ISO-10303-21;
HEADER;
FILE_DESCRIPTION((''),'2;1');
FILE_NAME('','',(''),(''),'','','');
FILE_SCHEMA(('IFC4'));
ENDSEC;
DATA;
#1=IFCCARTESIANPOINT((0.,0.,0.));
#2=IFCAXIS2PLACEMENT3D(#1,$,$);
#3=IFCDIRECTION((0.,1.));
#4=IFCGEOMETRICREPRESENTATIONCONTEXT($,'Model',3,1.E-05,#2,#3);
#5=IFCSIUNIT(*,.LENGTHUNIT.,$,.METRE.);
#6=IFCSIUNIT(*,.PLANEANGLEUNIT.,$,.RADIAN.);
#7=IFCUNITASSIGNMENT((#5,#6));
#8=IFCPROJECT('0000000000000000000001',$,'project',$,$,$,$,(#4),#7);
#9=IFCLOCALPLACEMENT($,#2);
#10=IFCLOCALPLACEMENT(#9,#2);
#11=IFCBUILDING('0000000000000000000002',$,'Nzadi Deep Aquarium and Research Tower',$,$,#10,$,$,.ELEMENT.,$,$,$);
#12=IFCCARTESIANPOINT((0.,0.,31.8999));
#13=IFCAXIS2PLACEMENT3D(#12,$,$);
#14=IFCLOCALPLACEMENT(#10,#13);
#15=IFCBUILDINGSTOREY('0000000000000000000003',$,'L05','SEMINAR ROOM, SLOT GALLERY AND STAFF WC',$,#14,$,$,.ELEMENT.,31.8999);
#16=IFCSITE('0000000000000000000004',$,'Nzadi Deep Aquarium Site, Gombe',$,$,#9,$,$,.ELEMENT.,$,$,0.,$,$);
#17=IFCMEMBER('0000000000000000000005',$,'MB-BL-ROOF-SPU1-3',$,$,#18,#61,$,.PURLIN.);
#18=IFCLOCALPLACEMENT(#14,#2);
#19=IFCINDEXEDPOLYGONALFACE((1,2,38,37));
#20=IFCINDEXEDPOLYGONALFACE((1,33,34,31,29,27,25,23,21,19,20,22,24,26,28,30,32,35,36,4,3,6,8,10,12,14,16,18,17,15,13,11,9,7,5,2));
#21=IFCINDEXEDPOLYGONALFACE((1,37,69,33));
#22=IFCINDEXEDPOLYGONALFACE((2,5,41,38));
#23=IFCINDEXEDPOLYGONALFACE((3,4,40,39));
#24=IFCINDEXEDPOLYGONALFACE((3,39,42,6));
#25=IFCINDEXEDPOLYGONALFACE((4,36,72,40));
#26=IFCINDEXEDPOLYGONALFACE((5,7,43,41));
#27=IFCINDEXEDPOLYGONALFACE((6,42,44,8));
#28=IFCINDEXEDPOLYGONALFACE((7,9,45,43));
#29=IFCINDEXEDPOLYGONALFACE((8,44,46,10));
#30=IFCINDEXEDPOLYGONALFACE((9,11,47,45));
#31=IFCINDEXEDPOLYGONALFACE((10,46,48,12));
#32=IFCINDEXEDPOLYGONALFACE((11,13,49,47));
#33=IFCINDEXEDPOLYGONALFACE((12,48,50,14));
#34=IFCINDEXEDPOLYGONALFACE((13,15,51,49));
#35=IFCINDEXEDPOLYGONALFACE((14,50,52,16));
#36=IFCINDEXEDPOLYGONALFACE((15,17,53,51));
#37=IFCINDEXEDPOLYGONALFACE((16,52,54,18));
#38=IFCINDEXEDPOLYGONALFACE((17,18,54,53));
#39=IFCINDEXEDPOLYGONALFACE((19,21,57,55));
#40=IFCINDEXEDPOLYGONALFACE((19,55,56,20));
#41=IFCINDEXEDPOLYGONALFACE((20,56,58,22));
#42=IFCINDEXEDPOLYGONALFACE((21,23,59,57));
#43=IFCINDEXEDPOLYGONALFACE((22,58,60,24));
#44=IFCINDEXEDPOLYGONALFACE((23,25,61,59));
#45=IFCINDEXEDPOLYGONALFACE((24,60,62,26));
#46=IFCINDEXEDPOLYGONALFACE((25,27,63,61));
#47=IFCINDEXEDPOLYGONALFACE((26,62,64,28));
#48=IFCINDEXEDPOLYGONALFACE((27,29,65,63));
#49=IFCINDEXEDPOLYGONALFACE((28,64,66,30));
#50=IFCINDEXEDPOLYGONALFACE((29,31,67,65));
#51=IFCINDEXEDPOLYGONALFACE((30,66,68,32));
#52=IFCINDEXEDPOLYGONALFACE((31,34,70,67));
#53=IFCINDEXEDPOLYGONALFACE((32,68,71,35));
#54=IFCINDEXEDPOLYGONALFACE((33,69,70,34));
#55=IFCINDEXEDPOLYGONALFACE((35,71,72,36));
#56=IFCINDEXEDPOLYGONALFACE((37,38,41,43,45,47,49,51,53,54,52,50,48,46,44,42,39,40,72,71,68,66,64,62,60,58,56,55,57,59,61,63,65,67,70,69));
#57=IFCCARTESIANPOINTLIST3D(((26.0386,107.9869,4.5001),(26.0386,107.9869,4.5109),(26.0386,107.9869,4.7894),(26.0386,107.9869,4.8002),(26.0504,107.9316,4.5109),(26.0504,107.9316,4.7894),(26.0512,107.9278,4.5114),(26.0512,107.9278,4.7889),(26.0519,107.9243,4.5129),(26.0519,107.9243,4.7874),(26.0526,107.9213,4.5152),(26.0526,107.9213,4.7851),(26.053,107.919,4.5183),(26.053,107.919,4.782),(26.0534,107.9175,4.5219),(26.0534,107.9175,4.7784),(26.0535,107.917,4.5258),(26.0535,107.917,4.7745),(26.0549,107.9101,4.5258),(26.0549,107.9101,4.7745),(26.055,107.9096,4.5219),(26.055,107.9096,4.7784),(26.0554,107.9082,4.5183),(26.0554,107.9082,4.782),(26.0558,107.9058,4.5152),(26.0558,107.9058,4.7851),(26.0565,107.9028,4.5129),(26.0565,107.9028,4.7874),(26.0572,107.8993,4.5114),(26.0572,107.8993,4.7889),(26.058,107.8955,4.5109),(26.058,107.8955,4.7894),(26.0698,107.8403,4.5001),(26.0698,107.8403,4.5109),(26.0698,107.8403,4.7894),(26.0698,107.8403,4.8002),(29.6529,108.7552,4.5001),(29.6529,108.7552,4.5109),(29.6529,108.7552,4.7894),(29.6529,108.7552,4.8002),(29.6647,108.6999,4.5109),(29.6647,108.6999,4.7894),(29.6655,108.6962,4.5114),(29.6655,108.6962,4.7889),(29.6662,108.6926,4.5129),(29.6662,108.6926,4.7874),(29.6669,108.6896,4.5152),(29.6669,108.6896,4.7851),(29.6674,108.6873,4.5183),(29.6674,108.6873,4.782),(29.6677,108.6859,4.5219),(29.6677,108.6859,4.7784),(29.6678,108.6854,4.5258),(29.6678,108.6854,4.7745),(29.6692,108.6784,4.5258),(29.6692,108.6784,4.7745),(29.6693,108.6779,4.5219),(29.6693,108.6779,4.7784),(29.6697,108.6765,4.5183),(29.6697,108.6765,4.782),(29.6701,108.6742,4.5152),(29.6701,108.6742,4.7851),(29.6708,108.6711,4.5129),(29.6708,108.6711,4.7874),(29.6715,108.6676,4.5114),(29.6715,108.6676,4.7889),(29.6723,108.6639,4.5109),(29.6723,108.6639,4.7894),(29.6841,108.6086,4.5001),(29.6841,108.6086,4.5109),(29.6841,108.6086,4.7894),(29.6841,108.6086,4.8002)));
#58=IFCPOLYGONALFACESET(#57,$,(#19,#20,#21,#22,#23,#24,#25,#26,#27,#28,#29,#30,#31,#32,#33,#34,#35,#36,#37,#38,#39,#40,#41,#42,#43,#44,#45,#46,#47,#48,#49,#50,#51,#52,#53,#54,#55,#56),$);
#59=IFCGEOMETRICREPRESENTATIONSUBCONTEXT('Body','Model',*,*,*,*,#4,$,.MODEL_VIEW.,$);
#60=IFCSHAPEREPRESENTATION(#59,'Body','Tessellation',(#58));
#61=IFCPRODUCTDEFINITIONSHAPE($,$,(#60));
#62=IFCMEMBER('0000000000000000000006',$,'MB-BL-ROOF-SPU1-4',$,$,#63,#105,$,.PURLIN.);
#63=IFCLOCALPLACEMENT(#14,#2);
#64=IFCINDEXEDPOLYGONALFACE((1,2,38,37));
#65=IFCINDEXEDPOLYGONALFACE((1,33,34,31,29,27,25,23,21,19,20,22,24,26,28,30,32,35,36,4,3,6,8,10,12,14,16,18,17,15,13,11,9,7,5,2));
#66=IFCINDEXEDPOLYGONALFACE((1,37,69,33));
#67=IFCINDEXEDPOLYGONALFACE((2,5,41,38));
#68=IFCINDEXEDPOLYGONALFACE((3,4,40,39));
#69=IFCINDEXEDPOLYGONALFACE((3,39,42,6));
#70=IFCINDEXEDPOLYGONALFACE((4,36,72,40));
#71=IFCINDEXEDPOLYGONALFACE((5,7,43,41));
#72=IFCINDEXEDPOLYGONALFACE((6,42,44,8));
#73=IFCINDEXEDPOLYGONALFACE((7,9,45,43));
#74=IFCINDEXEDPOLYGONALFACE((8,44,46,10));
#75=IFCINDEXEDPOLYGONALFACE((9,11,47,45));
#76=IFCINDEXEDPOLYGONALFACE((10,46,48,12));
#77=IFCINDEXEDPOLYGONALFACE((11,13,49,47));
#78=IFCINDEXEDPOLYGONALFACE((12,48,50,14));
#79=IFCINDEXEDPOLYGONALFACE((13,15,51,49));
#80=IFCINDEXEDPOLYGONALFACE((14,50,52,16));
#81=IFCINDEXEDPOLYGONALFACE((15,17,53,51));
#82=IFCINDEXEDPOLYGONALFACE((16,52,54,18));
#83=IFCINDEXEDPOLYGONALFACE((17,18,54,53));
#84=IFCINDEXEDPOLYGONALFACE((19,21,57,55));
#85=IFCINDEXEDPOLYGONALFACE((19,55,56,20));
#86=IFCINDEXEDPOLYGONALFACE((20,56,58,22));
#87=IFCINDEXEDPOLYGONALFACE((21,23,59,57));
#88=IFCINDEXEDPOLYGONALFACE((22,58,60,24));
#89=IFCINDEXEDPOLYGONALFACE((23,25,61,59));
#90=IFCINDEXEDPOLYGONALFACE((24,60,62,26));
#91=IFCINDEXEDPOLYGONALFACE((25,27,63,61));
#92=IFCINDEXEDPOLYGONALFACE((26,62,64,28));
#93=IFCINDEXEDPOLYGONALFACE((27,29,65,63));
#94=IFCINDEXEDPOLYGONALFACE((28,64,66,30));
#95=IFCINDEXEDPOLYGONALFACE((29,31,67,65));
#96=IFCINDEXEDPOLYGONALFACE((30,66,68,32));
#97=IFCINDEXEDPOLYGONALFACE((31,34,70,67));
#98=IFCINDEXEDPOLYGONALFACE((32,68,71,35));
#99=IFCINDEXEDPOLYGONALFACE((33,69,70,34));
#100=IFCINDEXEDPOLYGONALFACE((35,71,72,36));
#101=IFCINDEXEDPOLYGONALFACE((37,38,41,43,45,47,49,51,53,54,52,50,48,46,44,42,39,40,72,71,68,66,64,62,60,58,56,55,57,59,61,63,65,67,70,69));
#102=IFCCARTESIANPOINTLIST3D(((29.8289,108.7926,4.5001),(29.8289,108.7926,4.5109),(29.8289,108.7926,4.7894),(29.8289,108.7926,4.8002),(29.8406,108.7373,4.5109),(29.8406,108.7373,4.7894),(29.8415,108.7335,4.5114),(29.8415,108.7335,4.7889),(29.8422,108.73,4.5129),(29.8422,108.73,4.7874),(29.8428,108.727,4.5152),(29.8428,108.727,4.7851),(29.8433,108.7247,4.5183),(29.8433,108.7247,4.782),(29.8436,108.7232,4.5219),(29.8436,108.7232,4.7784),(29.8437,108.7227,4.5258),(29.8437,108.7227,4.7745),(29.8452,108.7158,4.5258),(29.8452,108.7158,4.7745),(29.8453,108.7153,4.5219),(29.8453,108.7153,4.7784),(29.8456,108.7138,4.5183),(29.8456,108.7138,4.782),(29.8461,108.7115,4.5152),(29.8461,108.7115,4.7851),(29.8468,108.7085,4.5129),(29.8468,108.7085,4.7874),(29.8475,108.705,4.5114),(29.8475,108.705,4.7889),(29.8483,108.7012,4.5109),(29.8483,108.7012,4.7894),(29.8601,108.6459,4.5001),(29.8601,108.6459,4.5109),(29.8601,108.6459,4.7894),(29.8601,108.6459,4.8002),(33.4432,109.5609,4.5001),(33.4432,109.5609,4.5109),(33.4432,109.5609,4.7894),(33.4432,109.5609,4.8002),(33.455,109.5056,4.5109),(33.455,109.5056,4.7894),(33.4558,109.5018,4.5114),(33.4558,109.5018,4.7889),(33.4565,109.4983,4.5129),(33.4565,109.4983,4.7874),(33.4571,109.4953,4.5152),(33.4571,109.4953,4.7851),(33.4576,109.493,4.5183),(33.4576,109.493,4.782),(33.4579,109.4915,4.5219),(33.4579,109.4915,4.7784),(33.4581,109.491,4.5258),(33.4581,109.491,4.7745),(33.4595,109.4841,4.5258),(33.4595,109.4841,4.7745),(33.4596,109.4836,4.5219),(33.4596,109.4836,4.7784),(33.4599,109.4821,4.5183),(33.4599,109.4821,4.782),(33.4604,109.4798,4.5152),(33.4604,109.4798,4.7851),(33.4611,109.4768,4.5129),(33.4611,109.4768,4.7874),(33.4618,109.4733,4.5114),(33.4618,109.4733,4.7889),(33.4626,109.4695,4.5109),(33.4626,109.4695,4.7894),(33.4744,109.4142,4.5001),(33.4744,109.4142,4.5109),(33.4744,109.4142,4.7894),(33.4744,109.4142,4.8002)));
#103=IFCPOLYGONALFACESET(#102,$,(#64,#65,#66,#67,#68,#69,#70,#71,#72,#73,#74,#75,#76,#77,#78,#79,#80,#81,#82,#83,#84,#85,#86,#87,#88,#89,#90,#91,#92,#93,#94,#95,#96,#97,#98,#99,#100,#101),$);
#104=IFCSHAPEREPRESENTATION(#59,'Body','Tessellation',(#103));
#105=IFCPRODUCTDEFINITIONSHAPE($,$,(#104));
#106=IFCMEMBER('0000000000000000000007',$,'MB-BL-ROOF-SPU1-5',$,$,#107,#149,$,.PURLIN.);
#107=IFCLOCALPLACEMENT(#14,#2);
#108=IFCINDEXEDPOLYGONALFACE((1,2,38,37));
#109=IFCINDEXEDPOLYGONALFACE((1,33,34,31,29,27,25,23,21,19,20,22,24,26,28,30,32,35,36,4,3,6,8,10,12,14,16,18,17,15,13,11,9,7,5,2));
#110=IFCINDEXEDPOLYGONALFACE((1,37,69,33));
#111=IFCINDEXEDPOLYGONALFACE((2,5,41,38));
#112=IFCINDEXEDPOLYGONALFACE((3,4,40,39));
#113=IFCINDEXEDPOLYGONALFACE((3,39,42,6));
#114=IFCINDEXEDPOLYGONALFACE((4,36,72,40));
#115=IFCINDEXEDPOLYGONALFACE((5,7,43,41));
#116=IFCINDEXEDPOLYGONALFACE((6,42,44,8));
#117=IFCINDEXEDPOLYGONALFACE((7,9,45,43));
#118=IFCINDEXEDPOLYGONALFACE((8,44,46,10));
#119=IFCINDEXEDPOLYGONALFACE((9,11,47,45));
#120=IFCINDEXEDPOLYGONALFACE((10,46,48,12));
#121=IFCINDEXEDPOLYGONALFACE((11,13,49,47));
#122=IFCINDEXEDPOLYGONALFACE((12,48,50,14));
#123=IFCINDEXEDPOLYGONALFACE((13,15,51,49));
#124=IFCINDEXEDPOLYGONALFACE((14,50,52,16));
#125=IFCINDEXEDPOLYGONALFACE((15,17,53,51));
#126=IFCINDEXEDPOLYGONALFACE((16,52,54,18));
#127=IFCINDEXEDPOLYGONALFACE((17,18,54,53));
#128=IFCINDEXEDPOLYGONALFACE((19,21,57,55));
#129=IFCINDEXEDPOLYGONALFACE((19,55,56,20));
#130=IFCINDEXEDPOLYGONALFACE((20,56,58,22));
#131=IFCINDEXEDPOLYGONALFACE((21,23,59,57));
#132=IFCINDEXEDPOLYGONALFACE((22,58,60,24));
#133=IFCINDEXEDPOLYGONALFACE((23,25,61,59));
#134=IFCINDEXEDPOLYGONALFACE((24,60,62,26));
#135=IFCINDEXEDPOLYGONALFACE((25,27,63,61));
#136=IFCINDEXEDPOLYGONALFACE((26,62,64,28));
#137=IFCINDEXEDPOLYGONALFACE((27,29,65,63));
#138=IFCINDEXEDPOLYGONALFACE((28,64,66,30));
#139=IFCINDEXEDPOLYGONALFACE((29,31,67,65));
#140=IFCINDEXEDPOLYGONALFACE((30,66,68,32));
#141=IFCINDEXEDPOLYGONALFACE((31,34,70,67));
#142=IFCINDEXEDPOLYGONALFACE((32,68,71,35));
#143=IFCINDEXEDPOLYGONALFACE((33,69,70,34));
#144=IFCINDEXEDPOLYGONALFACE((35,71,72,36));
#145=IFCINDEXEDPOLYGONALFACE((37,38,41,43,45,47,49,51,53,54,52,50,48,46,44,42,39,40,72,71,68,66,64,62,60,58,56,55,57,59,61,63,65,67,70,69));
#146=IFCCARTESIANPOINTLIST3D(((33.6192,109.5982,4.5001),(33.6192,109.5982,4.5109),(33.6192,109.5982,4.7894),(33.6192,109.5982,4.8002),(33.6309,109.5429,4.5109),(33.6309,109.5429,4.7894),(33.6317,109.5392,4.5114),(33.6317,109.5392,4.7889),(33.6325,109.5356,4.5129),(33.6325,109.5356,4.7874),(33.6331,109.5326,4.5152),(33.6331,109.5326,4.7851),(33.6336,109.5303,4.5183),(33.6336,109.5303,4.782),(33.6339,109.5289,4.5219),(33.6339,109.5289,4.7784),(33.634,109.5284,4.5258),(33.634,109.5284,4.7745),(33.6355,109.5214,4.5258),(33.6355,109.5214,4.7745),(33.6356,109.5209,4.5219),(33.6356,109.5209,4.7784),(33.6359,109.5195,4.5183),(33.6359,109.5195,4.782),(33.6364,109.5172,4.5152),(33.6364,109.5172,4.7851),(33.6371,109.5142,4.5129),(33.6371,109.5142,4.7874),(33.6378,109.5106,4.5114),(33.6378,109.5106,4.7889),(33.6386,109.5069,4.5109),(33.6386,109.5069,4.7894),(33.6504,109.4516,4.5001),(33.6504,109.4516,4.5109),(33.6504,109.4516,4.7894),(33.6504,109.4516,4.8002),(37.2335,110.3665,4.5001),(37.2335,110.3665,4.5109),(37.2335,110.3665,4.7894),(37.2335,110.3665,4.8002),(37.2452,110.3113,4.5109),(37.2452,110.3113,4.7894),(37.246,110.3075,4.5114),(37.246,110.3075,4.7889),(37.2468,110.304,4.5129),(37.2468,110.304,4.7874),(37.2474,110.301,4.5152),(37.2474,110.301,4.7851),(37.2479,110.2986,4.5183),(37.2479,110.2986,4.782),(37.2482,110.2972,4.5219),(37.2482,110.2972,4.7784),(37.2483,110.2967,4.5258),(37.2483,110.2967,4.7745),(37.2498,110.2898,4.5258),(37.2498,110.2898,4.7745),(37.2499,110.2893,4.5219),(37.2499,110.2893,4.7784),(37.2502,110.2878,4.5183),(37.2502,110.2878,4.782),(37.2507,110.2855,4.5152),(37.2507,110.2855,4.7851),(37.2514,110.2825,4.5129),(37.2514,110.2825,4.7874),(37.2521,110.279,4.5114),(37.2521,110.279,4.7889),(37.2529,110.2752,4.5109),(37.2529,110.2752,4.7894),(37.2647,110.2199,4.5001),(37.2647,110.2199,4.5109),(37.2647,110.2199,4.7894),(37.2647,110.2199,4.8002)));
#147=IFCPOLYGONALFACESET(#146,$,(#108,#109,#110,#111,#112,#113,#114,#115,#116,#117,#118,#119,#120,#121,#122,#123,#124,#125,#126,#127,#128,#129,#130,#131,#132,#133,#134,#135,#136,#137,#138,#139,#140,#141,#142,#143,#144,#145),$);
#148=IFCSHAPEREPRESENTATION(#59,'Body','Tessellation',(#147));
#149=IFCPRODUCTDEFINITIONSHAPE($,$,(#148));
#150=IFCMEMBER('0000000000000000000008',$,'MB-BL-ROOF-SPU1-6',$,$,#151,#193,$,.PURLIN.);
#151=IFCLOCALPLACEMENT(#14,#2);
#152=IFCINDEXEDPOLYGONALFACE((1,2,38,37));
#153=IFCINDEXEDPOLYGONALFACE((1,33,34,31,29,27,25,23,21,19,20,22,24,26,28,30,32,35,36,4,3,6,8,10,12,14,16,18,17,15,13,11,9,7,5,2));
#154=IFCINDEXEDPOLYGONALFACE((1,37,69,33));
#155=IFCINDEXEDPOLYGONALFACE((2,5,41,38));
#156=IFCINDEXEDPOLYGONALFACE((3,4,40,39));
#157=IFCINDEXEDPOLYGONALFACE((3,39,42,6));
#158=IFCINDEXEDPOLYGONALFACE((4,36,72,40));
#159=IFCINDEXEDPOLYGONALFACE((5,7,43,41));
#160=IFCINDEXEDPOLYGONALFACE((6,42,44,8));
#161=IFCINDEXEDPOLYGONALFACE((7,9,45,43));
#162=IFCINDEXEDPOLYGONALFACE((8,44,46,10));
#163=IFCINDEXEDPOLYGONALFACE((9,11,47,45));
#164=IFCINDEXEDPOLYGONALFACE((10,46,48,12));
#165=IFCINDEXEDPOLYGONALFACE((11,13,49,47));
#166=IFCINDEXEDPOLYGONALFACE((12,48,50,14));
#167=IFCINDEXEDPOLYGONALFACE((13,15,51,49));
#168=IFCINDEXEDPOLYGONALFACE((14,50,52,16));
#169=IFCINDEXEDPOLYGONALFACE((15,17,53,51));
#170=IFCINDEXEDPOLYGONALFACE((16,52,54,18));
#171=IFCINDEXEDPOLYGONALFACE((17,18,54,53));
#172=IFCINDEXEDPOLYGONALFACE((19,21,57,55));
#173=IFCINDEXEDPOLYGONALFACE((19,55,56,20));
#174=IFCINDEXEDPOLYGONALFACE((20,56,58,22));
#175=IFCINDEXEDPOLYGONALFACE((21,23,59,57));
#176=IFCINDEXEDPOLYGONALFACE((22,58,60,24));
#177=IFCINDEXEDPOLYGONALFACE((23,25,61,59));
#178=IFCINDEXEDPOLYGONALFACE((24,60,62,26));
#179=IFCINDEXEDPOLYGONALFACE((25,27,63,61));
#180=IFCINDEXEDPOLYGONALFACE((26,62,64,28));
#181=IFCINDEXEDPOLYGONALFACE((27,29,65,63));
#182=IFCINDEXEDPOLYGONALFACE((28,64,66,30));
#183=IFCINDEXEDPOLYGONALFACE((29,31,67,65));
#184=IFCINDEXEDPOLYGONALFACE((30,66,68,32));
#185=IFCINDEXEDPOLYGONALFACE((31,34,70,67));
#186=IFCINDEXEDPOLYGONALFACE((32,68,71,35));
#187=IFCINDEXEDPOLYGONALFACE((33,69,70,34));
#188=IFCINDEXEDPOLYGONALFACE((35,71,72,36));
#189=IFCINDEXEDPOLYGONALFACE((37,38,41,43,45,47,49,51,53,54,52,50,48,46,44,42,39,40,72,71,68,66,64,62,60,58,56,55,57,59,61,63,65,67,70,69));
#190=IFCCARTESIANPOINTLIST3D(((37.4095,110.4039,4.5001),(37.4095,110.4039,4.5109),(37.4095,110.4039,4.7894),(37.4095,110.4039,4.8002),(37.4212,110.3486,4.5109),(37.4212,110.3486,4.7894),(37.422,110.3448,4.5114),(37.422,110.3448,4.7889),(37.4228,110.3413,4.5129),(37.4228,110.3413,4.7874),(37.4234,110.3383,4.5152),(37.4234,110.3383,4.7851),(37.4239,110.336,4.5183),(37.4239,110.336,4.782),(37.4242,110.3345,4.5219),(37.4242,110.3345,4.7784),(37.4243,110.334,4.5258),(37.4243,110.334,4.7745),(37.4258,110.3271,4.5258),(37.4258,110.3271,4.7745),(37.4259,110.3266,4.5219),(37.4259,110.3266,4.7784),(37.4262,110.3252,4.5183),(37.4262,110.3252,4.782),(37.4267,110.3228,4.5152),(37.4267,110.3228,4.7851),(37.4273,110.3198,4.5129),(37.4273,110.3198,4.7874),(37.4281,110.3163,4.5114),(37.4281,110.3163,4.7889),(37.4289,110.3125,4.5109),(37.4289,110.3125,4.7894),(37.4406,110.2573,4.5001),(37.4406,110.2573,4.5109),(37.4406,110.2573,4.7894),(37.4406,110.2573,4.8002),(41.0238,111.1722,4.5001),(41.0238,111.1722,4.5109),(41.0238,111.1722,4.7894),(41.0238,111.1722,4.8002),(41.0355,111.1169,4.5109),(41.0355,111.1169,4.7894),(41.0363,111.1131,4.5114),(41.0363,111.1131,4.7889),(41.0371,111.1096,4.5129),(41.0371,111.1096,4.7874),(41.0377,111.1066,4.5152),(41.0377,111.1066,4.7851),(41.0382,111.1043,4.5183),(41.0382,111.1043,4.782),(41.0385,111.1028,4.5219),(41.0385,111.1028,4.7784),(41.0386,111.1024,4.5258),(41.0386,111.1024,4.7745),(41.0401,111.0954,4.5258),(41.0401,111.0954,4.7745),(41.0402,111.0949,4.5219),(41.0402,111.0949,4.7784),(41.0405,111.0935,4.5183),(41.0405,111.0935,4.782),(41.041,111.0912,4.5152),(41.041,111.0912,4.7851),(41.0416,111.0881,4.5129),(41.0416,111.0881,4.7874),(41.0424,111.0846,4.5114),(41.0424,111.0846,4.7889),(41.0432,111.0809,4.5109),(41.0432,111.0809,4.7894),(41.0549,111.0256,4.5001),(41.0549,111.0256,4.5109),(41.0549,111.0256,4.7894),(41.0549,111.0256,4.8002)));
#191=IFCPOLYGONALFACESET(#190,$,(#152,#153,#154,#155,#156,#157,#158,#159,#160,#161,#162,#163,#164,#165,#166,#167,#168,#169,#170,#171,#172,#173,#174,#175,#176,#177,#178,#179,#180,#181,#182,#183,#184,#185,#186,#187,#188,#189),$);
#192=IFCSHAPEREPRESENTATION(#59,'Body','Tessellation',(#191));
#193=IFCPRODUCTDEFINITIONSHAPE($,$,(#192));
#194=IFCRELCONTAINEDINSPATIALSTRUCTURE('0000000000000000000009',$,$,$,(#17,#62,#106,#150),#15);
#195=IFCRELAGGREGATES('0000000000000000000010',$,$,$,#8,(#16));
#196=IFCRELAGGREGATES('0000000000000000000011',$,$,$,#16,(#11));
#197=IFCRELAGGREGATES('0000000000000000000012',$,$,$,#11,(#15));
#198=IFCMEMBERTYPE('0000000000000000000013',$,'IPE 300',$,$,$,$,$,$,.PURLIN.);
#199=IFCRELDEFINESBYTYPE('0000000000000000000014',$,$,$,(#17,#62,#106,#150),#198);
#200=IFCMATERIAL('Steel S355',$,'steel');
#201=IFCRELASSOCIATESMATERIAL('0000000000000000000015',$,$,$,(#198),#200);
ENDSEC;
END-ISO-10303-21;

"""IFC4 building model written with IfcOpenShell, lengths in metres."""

from ifc_helpers import new_model, si_unit, direction, frame, origin, origin_2d, place, context, subcontext, project, spatial, i_section, extrude, material, material_profile, profile_set, type_object, element, save


model = new_model("IFC4")

# Units and contexts
model_context = context("Model", 3, precision=1e-05, world=origin(), true_north=direction((0.0, 1.0)))
body_context = subcontext(model_context, "Body", "Model", "MODEL_VIEW")
ifc_project = project(units=[si_unit("LENGTHUNIT", "METRE"), si_unit("PLANEANGLEUNIT", "RADIAN")], contexts=[model_context])

# Site, building, storey
site_placement = place(None, origin())
site = spatial("IfcSite", under=ifc_project, at=site_placement, Name="Nzadi Deep Aquarium Site, Gombe", CompositionType="ELEMENT", RefElevation=0.0)
building_placement = place(site_placement, origin())
building = spatial("IfcBuilding", under=site, at=building_placement, Name="Nzadi Deep Aquarium and Research Tower", CompositionType="ELEMENT")
storey_placement = place(building_placement, frame((0.0, 0.0, 31.8999)))
storey = spatial("IfcBuildingStorey", under=building, at=storey_placement, Name="L05", Description="SEMINAR ROOM, SLOT GALLERY AND STAFF WC", CompositionType="ELEMENT", Elevation=31.8999)

# Members
ifc_material_1 = material(Name="Steel S355", Category="steel")
ifc_material_profile_1 = material_profile(ifc_material_1, i_section(OverallWidth=0.1499, OverallDepth=0.3, WebThickness=0.0071, FlangeThickness=0.0107, FilletRadius=0.0149, at=origin_2d()))
ifc_profile_set_1 = profile_set([ifc_material_profile_1], Name="Steel S355")
member_type_1 = type_object("IfcMemberType", Name="IPE 300", PredefinedType="PURLIN", material=ifc_profile_set_1)
for number, where, z_axis, x_axis, name in (
    (1, (26.0542, 107.9136, 4.6501), (0.978143, 0.207931, 0.0), (-0.207931, 0.978143, 0.0), "MB-BL-ROOF-SPU1-3"),
    (2, (29.8445, 108.7192, 4.6501), (0.978143, 0.207931, 0.0), (-0.207931, 0.978143, 0.0), "MB-BL-ROOF-SPU1-4"),
    (3, (33.6348, 109.5249, 4.6501), (0.978143, 0.207931, 0.0), (-0.207931, 0.978143, 0.0), "MB-BL-ROOF-SPU1-5"),
    (4, (37.425, 110.3306, 4.6501), (0.978143, 0.207931, 0.0), (-0.207931, 0.978143, 0.0), "MB-BL-ROOF-SPU1-6"),
):
    element("IfcMember", number, at=place(storey_placement, frame(where, z_axis=z_axis, x_axis=x_axis)), inside=storey, type_object=member_type_1, Name=name, PredefinedType="PURLIN", context=body_context, shape_type="SweptSolid", body=[
        extrude(i_section(OverallWidth=0.1499, OverallDepth=0.3, WebThickness=0.0071, FlangeThickness=0.0107, FilletRadius=0.0149, at=origin_2d()), origin(), (0.0, 0.0, 1.0), 3.6951),
    ])

save(model, "model.ifc")
